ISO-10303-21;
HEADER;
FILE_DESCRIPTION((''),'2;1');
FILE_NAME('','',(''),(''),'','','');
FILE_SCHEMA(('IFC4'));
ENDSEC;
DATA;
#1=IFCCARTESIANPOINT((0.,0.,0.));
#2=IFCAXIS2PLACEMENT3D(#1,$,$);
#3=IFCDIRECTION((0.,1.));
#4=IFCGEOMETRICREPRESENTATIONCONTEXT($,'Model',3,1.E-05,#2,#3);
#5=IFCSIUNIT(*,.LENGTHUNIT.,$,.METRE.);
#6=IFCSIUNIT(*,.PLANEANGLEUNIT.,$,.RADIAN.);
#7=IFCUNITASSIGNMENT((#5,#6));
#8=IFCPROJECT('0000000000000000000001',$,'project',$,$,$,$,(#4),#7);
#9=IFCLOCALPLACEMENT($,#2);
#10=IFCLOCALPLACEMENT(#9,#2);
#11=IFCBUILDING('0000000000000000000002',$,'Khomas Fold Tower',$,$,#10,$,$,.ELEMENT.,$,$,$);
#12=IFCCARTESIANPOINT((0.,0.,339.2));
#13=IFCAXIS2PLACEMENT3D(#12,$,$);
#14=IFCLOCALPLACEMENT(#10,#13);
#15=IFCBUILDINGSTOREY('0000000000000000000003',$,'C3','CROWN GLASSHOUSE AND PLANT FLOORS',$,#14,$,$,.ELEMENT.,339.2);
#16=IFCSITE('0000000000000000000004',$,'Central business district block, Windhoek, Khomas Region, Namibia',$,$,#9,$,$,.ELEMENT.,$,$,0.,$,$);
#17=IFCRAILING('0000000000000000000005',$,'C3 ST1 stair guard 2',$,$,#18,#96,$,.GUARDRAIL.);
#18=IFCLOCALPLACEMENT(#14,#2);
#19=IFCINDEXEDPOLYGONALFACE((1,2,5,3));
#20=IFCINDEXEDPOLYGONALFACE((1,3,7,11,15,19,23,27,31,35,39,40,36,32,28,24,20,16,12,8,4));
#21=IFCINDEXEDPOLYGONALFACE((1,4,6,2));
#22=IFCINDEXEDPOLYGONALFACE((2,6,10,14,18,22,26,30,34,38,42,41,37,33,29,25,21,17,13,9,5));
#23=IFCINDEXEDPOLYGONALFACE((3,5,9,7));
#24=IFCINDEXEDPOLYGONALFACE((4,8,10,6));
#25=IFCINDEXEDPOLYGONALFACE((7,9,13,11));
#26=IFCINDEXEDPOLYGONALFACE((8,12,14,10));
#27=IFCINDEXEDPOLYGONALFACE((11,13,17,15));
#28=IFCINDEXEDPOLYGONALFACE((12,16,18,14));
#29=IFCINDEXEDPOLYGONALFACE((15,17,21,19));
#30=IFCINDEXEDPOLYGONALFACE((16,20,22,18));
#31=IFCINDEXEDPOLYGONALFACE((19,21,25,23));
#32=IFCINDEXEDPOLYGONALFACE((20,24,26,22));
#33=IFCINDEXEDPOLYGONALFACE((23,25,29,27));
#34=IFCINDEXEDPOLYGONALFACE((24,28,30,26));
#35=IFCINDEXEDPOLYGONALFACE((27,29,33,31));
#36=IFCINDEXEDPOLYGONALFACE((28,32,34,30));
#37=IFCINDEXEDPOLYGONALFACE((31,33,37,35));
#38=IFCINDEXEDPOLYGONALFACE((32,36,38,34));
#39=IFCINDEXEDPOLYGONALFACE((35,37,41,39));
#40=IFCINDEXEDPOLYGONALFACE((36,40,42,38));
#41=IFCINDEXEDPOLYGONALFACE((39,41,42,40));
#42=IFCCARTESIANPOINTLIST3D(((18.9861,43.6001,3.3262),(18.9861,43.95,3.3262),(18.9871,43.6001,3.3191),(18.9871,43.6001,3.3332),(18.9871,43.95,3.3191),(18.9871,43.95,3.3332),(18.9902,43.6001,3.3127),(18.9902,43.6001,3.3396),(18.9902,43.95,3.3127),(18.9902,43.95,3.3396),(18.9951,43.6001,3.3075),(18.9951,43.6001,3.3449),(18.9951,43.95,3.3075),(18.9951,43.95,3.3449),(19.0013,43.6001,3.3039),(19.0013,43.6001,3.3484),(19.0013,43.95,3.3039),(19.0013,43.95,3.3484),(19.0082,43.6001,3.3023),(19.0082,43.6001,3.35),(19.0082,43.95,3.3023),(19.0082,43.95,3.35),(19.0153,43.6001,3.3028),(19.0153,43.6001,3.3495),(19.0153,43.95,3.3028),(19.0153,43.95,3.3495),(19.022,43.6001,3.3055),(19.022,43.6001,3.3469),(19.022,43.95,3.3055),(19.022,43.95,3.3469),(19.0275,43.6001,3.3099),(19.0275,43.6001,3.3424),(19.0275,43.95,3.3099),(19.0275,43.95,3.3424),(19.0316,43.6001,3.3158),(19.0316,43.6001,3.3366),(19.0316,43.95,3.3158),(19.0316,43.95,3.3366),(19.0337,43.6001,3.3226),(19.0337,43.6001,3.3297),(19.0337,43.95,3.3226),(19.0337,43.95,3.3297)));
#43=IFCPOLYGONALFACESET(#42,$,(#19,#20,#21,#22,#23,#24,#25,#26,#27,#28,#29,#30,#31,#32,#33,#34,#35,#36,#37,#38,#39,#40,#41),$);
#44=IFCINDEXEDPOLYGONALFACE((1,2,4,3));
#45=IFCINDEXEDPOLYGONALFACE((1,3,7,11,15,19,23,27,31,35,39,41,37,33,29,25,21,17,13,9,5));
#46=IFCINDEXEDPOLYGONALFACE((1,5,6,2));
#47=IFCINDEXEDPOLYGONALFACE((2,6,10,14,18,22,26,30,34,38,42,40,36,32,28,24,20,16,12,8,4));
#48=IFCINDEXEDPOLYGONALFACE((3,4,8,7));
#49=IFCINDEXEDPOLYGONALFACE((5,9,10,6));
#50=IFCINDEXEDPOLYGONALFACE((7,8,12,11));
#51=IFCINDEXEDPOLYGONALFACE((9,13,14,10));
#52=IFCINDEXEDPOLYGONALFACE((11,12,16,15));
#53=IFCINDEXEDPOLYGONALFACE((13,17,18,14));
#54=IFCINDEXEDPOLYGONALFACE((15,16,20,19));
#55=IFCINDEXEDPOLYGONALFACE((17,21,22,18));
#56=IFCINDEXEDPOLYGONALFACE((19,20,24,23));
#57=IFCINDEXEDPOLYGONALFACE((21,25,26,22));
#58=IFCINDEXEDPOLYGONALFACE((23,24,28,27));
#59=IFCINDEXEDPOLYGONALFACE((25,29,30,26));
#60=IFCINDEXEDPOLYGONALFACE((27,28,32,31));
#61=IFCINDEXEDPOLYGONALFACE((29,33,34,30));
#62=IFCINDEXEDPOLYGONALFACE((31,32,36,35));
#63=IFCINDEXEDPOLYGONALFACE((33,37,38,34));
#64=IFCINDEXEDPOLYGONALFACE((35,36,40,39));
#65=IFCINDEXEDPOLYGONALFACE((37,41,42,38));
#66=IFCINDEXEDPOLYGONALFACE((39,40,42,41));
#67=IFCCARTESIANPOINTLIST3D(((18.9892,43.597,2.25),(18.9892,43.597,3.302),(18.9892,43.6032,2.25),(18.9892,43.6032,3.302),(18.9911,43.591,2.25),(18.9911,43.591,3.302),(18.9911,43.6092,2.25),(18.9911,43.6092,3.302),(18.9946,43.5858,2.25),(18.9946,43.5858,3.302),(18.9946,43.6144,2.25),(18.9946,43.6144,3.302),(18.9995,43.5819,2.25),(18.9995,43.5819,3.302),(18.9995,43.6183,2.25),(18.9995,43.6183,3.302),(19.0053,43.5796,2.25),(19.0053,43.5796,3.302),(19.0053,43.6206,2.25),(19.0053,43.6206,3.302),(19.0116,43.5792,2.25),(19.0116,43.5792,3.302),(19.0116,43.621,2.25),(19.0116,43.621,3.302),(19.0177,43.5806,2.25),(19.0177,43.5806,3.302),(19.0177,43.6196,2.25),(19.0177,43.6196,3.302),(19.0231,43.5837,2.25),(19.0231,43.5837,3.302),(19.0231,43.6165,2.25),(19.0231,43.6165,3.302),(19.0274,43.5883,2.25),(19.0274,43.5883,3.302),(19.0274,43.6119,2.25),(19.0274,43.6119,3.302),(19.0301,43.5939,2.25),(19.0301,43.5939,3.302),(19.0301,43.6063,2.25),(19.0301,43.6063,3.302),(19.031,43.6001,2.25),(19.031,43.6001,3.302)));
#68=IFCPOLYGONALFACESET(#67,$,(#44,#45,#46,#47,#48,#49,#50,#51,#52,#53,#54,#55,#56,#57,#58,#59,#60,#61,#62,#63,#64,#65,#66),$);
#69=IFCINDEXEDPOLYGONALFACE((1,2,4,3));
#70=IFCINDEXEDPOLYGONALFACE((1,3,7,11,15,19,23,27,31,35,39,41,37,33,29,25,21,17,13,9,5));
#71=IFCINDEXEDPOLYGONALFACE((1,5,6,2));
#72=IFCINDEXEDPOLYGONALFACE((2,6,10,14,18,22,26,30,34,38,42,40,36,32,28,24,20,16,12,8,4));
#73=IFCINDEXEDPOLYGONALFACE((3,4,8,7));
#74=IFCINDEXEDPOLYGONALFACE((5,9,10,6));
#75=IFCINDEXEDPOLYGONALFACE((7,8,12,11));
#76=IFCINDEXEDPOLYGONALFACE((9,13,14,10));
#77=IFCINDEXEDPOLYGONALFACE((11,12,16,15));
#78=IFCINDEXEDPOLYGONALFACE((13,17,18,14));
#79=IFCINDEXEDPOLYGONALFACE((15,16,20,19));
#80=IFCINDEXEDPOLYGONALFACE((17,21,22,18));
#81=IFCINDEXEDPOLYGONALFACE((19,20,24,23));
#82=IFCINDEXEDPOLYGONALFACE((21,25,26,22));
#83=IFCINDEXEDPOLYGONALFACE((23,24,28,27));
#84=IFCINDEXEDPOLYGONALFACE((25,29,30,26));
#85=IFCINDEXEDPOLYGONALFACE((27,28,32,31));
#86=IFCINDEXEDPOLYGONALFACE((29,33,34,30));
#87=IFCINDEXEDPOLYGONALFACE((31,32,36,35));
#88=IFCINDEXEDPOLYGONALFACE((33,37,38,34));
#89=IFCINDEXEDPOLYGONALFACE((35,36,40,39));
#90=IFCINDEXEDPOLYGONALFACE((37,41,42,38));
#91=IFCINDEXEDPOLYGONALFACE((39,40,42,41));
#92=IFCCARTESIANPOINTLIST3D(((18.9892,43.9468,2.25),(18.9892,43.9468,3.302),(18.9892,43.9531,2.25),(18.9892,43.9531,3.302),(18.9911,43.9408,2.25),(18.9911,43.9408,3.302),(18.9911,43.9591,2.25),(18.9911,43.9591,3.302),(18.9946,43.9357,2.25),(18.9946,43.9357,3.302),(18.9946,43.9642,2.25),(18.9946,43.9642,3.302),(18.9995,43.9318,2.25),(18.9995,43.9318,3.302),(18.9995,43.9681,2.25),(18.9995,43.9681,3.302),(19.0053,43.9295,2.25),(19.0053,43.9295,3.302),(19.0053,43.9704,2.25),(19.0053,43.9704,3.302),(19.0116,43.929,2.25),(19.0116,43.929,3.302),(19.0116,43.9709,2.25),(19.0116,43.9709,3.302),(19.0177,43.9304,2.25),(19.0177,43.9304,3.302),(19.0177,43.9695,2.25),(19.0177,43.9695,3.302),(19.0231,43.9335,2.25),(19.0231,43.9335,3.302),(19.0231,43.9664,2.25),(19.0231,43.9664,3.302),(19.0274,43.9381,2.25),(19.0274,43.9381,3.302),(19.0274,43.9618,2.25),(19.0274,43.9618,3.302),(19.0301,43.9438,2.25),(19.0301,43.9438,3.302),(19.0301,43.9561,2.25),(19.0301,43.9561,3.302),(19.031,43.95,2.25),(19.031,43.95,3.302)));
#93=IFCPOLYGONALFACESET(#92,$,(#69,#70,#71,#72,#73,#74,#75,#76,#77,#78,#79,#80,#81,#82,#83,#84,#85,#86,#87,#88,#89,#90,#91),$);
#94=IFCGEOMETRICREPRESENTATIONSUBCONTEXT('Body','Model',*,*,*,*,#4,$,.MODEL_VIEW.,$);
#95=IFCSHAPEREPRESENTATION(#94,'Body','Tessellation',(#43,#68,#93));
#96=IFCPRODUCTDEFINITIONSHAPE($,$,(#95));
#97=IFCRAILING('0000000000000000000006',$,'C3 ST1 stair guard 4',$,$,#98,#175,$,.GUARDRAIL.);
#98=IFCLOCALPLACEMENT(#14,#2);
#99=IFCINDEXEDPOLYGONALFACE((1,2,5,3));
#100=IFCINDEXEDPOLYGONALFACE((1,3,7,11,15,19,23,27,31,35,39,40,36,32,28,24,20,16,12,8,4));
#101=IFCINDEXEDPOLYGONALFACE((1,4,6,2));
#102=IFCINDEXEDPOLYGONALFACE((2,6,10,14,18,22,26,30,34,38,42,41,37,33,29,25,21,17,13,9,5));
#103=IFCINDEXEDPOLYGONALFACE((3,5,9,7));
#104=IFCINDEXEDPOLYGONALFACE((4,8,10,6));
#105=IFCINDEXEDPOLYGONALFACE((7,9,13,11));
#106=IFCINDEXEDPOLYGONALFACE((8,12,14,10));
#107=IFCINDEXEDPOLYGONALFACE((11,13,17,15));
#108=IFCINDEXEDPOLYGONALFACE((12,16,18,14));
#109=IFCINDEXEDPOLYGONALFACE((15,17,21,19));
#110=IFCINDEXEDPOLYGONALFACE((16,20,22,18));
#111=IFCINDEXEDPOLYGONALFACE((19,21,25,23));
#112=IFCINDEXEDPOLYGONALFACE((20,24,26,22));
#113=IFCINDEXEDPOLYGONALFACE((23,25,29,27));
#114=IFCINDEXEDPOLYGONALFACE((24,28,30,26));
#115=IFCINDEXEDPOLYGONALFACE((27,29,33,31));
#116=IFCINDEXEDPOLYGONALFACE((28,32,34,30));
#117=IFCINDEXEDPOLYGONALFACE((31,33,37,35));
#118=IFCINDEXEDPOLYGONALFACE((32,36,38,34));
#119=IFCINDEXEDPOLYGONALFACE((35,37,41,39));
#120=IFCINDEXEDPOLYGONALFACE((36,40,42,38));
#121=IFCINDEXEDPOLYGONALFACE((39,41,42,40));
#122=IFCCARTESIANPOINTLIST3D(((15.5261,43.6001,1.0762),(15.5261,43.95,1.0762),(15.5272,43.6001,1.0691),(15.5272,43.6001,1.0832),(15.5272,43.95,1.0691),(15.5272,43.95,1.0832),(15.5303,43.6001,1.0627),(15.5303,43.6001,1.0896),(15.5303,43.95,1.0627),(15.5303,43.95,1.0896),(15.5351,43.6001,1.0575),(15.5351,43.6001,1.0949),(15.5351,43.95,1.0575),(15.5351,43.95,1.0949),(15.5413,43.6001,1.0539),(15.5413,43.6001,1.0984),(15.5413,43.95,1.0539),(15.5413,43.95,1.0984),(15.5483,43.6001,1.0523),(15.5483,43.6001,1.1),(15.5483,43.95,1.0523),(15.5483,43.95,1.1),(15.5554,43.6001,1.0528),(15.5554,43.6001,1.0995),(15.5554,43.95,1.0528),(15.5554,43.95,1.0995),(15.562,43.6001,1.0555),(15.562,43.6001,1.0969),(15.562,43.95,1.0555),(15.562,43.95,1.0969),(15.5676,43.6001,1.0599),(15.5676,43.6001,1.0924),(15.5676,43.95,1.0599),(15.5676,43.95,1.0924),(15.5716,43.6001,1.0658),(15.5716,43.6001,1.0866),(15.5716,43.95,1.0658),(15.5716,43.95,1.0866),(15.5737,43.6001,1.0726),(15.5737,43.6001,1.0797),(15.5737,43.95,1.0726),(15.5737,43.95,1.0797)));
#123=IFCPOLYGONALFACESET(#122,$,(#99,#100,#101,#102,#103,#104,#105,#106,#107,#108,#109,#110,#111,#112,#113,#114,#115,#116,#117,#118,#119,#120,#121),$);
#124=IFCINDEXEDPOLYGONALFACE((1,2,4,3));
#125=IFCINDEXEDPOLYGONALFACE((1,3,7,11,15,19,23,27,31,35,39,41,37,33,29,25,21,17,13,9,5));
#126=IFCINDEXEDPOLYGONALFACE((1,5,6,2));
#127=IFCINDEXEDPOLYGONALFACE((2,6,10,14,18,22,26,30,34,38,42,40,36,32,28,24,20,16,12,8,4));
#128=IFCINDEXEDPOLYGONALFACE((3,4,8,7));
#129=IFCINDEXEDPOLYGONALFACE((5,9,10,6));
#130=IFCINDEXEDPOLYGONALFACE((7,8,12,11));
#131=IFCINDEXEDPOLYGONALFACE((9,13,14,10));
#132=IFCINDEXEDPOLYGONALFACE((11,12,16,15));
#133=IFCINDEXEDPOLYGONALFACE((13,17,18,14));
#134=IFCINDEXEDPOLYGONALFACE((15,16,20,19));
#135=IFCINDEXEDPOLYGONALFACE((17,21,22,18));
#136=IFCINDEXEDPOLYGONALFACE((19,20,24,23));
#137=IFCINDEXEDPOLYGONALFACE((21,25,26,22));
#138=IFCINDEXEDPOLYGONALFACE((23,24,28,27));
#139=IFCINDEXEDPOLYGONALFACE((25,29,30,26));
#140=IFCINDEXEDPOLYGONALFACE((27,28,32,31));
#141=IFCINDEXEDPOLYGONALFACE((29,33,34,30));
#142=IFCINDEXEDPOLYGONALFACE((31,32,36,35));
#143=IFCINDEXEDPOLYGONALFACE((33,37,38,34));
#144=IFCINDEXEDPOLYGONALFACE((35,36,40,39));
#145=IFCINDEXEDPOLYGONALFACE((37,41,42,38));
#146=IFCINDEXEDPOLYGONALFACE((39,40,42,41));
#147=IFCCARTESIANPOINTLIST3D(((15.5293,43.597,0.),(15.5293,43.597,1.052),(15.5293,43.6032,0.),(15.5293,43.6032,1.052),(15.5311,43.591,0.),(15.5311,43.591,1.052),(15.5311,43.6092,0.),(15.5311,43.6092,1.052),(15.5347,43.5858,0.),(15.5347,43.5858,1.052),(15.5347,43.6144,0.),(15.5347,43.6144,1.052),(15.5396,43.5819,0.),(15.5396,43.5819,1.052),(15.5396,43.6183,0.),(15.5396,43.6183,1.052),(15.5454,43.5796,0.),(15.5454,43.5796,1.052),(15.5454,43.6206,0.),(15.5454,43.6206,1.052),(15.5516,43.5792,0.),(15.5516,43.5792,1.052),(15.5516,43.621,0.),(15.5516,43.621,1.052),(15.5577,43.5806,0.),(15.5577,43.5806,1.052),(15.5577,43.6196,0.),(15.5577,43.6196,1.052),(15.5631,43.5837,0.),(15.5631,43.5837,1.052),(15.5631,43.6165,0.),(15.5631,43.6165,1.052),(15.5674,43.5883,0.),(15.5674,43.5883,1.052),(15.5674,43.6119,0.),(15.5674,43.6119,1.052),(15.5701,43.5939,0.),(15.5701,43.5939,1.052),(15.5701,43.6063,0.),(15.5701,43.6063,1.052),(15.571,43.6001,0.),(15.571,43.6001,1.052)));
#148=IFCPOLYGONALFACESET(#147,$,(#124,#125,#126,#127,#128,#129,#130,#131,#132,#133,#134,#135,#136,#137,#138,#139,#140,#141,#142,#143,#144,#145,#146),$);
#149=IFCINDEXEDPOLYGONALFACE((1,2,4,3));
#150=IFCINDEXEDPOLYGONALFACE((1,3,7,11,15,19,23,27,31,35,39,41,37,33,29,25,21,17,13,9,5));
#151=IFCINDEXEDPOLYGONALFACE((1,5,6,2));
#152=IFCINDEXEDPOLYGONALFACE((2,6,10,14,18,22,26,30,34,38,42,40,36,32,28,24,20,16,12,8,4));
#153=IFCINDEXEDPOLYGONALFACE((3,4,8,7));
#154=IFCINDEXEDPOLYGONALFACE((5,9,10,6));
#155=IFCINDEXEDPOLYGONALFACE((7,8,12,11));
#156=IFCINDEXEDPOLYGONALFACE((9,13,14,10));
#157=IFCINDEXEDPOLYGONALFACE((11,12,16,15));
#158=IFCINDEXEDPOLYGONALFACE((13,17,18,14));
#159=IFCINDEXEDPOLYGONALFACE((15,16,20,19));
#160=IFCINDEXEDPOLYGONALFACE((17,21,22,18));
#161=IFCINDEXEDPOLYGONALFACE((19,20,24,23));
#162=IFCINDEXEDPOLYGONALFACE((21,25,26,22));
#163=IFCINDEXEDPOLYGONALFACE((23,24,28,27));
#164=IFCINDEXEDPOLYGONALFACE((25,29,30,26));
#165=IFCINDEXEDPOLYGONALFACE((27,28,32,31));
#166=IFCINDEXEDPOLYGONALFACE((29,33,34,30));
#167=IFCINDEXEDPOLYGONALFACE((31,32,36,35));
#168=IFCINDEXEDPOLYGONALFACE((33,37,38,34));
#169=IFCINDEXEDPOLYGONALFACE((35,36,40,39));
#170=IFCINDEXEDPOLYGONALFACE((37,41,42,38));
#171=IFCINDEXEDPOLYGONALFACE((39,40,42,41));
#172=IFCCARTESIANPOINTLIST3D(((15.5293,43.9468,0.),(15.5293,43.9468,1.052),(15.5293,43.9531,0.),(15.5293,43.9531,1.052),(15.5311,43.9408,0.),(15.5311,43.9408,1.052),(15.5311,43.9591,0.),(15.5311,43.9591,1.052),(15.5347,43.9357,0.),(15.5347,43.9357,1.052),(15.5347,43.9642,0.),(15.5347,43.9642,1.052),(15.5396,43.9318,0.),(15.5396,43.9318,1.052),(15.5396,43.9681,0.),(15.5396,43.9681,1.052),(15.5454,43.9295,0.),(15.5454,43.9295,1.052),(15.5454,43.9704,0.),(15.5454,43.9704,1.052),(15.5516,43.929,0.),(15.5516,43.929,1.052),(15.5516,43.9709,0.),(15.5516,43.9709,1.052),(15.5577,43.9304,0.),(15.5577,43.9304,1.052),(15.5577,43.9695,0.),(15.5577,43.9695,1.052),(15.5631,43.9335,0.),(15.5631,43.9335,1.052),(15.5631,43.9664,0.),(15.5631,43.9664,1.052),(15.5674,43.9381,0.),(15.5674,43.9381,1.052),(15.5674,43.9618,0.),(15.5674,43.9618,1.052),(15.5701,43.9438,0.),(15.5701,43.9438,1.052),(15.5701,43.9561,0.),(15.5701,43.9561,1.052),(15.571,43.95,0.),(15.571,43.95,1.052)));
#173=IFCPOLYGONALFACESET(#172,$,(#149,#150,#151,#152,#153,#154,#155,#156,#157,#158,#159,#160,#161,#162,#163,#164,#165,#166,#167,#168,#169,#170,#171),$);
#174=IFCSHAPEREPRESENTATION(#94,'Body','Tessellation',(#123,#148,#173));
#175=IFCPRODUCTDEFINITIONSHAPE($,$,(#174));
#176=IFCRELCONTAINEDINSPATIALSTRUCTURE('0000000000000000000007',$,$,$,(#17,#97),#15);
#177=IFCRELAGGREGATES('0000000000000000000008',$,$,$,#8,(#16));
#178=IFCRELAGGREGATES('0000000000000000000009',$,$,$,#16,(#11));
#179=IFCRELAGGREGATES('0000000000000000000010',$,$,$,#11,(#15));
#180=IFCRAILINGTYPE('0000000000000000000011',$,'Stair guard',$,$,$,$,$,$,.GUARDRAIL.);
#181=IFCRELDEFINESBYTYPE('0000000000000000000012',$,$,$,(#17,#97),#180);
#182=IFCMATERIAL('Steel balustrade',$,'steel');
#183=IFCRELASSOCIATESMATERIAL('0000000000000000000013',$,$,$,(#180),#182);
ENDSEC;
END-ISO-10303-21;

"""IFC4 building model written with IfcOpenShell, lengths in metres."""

from ifc_helpers import new_model, si_unit, direction, frame, origin, origin_2d, place, context, subcontext, project, spatial, circle, extrude, source, transform, mapped, material, type_object, element, save


model = new_model("IFC4")

# Units and contexts
model_context = context("Model", 3, precision=1e-05, world=origin(), true_north=direction((0.0, 1.0)))
body_context = subcontext(model_context, "Body", "Model", "MODEL_VIEW")
ifc_project = project(units=[si_unit("LENGTHUNIT", "METRE"), si_unit("PLANEANGLEUNIT", "RADIAN")], contexts=[model_context])

# Site, building, storey
site_placement = place(None, origin())
site = spatial("IfcSite", under=ifc_project, at=site_placement, Name="Central business district block, Windhoek, Khomas Region, Namibia", CompositionType="ELEMENT", RefElevation=0.0)
building_placement = place(site_placement, origin())
building = spatial("IfcBuilding", under=site, at=building_placement, Name="Khomas Fold Tower", CompositionType="ELEMENT")
storey_placement = place(building_placement, frame((0.0, 0.0, 339.2)))
storey = spatial("IfcBuildingStorey", under=building, at=storey_placement, Name="C3", Description="CROWN GLASSHOUSE AND PLANT FLOORS", CompositionType="ELEMENT", Elevation=339.2)

# Railings
ifc_material_1 = material(Name="Steel balustrade", Category="steel")
railing_type_1 = type_object("IfcRailingType", Name="Stair guard", PredefinedType="GUARDRAIL", material=ifc_material_1)
shared_shape_1 = source(origin(), body_context, "Body", "SweptSolid", [
    extrude(circle(Radius=0.0239, at=origin_2d()), frame((0.0, 0.0, 1.0762), z_axis=(0.0, 1.0, 0.0), x_axis=(-1.0, 0.0, 0.0)), (0.0, 0.0, 1.0), 0.3499),
    extrude(circle(Radius=0.021, at=origin_2d()), origin(), (0.0, 0.0, 1.0), 1.052),
    extrude(circle(Radius=0.021, at=origin_2d()), frame((0.0, 0.3499, 0.0)), (0.0, 0.0, 1.0), 1.052),
])
for number, where, name in (
    (1, (19.01, 43.6001, 2.25), "C3 ST1 stair guard 2"),
    (2, (15.55, 43.6001, 0.0), "C3 ST1 stair guard 4"),
):
    element("IfcRailing", number, at=place(storey_placement, frame(where)), inside=storey, type_object=railing_type_1, Name=name, PredefinedType="GUARDRAIL", context=body_context, shape_type="MappedRepresentation", body=[
        mapped(shared_shape_1, transform((0.0, 0.0, 0.0))),
    ])

save(model, "model.ifc")
